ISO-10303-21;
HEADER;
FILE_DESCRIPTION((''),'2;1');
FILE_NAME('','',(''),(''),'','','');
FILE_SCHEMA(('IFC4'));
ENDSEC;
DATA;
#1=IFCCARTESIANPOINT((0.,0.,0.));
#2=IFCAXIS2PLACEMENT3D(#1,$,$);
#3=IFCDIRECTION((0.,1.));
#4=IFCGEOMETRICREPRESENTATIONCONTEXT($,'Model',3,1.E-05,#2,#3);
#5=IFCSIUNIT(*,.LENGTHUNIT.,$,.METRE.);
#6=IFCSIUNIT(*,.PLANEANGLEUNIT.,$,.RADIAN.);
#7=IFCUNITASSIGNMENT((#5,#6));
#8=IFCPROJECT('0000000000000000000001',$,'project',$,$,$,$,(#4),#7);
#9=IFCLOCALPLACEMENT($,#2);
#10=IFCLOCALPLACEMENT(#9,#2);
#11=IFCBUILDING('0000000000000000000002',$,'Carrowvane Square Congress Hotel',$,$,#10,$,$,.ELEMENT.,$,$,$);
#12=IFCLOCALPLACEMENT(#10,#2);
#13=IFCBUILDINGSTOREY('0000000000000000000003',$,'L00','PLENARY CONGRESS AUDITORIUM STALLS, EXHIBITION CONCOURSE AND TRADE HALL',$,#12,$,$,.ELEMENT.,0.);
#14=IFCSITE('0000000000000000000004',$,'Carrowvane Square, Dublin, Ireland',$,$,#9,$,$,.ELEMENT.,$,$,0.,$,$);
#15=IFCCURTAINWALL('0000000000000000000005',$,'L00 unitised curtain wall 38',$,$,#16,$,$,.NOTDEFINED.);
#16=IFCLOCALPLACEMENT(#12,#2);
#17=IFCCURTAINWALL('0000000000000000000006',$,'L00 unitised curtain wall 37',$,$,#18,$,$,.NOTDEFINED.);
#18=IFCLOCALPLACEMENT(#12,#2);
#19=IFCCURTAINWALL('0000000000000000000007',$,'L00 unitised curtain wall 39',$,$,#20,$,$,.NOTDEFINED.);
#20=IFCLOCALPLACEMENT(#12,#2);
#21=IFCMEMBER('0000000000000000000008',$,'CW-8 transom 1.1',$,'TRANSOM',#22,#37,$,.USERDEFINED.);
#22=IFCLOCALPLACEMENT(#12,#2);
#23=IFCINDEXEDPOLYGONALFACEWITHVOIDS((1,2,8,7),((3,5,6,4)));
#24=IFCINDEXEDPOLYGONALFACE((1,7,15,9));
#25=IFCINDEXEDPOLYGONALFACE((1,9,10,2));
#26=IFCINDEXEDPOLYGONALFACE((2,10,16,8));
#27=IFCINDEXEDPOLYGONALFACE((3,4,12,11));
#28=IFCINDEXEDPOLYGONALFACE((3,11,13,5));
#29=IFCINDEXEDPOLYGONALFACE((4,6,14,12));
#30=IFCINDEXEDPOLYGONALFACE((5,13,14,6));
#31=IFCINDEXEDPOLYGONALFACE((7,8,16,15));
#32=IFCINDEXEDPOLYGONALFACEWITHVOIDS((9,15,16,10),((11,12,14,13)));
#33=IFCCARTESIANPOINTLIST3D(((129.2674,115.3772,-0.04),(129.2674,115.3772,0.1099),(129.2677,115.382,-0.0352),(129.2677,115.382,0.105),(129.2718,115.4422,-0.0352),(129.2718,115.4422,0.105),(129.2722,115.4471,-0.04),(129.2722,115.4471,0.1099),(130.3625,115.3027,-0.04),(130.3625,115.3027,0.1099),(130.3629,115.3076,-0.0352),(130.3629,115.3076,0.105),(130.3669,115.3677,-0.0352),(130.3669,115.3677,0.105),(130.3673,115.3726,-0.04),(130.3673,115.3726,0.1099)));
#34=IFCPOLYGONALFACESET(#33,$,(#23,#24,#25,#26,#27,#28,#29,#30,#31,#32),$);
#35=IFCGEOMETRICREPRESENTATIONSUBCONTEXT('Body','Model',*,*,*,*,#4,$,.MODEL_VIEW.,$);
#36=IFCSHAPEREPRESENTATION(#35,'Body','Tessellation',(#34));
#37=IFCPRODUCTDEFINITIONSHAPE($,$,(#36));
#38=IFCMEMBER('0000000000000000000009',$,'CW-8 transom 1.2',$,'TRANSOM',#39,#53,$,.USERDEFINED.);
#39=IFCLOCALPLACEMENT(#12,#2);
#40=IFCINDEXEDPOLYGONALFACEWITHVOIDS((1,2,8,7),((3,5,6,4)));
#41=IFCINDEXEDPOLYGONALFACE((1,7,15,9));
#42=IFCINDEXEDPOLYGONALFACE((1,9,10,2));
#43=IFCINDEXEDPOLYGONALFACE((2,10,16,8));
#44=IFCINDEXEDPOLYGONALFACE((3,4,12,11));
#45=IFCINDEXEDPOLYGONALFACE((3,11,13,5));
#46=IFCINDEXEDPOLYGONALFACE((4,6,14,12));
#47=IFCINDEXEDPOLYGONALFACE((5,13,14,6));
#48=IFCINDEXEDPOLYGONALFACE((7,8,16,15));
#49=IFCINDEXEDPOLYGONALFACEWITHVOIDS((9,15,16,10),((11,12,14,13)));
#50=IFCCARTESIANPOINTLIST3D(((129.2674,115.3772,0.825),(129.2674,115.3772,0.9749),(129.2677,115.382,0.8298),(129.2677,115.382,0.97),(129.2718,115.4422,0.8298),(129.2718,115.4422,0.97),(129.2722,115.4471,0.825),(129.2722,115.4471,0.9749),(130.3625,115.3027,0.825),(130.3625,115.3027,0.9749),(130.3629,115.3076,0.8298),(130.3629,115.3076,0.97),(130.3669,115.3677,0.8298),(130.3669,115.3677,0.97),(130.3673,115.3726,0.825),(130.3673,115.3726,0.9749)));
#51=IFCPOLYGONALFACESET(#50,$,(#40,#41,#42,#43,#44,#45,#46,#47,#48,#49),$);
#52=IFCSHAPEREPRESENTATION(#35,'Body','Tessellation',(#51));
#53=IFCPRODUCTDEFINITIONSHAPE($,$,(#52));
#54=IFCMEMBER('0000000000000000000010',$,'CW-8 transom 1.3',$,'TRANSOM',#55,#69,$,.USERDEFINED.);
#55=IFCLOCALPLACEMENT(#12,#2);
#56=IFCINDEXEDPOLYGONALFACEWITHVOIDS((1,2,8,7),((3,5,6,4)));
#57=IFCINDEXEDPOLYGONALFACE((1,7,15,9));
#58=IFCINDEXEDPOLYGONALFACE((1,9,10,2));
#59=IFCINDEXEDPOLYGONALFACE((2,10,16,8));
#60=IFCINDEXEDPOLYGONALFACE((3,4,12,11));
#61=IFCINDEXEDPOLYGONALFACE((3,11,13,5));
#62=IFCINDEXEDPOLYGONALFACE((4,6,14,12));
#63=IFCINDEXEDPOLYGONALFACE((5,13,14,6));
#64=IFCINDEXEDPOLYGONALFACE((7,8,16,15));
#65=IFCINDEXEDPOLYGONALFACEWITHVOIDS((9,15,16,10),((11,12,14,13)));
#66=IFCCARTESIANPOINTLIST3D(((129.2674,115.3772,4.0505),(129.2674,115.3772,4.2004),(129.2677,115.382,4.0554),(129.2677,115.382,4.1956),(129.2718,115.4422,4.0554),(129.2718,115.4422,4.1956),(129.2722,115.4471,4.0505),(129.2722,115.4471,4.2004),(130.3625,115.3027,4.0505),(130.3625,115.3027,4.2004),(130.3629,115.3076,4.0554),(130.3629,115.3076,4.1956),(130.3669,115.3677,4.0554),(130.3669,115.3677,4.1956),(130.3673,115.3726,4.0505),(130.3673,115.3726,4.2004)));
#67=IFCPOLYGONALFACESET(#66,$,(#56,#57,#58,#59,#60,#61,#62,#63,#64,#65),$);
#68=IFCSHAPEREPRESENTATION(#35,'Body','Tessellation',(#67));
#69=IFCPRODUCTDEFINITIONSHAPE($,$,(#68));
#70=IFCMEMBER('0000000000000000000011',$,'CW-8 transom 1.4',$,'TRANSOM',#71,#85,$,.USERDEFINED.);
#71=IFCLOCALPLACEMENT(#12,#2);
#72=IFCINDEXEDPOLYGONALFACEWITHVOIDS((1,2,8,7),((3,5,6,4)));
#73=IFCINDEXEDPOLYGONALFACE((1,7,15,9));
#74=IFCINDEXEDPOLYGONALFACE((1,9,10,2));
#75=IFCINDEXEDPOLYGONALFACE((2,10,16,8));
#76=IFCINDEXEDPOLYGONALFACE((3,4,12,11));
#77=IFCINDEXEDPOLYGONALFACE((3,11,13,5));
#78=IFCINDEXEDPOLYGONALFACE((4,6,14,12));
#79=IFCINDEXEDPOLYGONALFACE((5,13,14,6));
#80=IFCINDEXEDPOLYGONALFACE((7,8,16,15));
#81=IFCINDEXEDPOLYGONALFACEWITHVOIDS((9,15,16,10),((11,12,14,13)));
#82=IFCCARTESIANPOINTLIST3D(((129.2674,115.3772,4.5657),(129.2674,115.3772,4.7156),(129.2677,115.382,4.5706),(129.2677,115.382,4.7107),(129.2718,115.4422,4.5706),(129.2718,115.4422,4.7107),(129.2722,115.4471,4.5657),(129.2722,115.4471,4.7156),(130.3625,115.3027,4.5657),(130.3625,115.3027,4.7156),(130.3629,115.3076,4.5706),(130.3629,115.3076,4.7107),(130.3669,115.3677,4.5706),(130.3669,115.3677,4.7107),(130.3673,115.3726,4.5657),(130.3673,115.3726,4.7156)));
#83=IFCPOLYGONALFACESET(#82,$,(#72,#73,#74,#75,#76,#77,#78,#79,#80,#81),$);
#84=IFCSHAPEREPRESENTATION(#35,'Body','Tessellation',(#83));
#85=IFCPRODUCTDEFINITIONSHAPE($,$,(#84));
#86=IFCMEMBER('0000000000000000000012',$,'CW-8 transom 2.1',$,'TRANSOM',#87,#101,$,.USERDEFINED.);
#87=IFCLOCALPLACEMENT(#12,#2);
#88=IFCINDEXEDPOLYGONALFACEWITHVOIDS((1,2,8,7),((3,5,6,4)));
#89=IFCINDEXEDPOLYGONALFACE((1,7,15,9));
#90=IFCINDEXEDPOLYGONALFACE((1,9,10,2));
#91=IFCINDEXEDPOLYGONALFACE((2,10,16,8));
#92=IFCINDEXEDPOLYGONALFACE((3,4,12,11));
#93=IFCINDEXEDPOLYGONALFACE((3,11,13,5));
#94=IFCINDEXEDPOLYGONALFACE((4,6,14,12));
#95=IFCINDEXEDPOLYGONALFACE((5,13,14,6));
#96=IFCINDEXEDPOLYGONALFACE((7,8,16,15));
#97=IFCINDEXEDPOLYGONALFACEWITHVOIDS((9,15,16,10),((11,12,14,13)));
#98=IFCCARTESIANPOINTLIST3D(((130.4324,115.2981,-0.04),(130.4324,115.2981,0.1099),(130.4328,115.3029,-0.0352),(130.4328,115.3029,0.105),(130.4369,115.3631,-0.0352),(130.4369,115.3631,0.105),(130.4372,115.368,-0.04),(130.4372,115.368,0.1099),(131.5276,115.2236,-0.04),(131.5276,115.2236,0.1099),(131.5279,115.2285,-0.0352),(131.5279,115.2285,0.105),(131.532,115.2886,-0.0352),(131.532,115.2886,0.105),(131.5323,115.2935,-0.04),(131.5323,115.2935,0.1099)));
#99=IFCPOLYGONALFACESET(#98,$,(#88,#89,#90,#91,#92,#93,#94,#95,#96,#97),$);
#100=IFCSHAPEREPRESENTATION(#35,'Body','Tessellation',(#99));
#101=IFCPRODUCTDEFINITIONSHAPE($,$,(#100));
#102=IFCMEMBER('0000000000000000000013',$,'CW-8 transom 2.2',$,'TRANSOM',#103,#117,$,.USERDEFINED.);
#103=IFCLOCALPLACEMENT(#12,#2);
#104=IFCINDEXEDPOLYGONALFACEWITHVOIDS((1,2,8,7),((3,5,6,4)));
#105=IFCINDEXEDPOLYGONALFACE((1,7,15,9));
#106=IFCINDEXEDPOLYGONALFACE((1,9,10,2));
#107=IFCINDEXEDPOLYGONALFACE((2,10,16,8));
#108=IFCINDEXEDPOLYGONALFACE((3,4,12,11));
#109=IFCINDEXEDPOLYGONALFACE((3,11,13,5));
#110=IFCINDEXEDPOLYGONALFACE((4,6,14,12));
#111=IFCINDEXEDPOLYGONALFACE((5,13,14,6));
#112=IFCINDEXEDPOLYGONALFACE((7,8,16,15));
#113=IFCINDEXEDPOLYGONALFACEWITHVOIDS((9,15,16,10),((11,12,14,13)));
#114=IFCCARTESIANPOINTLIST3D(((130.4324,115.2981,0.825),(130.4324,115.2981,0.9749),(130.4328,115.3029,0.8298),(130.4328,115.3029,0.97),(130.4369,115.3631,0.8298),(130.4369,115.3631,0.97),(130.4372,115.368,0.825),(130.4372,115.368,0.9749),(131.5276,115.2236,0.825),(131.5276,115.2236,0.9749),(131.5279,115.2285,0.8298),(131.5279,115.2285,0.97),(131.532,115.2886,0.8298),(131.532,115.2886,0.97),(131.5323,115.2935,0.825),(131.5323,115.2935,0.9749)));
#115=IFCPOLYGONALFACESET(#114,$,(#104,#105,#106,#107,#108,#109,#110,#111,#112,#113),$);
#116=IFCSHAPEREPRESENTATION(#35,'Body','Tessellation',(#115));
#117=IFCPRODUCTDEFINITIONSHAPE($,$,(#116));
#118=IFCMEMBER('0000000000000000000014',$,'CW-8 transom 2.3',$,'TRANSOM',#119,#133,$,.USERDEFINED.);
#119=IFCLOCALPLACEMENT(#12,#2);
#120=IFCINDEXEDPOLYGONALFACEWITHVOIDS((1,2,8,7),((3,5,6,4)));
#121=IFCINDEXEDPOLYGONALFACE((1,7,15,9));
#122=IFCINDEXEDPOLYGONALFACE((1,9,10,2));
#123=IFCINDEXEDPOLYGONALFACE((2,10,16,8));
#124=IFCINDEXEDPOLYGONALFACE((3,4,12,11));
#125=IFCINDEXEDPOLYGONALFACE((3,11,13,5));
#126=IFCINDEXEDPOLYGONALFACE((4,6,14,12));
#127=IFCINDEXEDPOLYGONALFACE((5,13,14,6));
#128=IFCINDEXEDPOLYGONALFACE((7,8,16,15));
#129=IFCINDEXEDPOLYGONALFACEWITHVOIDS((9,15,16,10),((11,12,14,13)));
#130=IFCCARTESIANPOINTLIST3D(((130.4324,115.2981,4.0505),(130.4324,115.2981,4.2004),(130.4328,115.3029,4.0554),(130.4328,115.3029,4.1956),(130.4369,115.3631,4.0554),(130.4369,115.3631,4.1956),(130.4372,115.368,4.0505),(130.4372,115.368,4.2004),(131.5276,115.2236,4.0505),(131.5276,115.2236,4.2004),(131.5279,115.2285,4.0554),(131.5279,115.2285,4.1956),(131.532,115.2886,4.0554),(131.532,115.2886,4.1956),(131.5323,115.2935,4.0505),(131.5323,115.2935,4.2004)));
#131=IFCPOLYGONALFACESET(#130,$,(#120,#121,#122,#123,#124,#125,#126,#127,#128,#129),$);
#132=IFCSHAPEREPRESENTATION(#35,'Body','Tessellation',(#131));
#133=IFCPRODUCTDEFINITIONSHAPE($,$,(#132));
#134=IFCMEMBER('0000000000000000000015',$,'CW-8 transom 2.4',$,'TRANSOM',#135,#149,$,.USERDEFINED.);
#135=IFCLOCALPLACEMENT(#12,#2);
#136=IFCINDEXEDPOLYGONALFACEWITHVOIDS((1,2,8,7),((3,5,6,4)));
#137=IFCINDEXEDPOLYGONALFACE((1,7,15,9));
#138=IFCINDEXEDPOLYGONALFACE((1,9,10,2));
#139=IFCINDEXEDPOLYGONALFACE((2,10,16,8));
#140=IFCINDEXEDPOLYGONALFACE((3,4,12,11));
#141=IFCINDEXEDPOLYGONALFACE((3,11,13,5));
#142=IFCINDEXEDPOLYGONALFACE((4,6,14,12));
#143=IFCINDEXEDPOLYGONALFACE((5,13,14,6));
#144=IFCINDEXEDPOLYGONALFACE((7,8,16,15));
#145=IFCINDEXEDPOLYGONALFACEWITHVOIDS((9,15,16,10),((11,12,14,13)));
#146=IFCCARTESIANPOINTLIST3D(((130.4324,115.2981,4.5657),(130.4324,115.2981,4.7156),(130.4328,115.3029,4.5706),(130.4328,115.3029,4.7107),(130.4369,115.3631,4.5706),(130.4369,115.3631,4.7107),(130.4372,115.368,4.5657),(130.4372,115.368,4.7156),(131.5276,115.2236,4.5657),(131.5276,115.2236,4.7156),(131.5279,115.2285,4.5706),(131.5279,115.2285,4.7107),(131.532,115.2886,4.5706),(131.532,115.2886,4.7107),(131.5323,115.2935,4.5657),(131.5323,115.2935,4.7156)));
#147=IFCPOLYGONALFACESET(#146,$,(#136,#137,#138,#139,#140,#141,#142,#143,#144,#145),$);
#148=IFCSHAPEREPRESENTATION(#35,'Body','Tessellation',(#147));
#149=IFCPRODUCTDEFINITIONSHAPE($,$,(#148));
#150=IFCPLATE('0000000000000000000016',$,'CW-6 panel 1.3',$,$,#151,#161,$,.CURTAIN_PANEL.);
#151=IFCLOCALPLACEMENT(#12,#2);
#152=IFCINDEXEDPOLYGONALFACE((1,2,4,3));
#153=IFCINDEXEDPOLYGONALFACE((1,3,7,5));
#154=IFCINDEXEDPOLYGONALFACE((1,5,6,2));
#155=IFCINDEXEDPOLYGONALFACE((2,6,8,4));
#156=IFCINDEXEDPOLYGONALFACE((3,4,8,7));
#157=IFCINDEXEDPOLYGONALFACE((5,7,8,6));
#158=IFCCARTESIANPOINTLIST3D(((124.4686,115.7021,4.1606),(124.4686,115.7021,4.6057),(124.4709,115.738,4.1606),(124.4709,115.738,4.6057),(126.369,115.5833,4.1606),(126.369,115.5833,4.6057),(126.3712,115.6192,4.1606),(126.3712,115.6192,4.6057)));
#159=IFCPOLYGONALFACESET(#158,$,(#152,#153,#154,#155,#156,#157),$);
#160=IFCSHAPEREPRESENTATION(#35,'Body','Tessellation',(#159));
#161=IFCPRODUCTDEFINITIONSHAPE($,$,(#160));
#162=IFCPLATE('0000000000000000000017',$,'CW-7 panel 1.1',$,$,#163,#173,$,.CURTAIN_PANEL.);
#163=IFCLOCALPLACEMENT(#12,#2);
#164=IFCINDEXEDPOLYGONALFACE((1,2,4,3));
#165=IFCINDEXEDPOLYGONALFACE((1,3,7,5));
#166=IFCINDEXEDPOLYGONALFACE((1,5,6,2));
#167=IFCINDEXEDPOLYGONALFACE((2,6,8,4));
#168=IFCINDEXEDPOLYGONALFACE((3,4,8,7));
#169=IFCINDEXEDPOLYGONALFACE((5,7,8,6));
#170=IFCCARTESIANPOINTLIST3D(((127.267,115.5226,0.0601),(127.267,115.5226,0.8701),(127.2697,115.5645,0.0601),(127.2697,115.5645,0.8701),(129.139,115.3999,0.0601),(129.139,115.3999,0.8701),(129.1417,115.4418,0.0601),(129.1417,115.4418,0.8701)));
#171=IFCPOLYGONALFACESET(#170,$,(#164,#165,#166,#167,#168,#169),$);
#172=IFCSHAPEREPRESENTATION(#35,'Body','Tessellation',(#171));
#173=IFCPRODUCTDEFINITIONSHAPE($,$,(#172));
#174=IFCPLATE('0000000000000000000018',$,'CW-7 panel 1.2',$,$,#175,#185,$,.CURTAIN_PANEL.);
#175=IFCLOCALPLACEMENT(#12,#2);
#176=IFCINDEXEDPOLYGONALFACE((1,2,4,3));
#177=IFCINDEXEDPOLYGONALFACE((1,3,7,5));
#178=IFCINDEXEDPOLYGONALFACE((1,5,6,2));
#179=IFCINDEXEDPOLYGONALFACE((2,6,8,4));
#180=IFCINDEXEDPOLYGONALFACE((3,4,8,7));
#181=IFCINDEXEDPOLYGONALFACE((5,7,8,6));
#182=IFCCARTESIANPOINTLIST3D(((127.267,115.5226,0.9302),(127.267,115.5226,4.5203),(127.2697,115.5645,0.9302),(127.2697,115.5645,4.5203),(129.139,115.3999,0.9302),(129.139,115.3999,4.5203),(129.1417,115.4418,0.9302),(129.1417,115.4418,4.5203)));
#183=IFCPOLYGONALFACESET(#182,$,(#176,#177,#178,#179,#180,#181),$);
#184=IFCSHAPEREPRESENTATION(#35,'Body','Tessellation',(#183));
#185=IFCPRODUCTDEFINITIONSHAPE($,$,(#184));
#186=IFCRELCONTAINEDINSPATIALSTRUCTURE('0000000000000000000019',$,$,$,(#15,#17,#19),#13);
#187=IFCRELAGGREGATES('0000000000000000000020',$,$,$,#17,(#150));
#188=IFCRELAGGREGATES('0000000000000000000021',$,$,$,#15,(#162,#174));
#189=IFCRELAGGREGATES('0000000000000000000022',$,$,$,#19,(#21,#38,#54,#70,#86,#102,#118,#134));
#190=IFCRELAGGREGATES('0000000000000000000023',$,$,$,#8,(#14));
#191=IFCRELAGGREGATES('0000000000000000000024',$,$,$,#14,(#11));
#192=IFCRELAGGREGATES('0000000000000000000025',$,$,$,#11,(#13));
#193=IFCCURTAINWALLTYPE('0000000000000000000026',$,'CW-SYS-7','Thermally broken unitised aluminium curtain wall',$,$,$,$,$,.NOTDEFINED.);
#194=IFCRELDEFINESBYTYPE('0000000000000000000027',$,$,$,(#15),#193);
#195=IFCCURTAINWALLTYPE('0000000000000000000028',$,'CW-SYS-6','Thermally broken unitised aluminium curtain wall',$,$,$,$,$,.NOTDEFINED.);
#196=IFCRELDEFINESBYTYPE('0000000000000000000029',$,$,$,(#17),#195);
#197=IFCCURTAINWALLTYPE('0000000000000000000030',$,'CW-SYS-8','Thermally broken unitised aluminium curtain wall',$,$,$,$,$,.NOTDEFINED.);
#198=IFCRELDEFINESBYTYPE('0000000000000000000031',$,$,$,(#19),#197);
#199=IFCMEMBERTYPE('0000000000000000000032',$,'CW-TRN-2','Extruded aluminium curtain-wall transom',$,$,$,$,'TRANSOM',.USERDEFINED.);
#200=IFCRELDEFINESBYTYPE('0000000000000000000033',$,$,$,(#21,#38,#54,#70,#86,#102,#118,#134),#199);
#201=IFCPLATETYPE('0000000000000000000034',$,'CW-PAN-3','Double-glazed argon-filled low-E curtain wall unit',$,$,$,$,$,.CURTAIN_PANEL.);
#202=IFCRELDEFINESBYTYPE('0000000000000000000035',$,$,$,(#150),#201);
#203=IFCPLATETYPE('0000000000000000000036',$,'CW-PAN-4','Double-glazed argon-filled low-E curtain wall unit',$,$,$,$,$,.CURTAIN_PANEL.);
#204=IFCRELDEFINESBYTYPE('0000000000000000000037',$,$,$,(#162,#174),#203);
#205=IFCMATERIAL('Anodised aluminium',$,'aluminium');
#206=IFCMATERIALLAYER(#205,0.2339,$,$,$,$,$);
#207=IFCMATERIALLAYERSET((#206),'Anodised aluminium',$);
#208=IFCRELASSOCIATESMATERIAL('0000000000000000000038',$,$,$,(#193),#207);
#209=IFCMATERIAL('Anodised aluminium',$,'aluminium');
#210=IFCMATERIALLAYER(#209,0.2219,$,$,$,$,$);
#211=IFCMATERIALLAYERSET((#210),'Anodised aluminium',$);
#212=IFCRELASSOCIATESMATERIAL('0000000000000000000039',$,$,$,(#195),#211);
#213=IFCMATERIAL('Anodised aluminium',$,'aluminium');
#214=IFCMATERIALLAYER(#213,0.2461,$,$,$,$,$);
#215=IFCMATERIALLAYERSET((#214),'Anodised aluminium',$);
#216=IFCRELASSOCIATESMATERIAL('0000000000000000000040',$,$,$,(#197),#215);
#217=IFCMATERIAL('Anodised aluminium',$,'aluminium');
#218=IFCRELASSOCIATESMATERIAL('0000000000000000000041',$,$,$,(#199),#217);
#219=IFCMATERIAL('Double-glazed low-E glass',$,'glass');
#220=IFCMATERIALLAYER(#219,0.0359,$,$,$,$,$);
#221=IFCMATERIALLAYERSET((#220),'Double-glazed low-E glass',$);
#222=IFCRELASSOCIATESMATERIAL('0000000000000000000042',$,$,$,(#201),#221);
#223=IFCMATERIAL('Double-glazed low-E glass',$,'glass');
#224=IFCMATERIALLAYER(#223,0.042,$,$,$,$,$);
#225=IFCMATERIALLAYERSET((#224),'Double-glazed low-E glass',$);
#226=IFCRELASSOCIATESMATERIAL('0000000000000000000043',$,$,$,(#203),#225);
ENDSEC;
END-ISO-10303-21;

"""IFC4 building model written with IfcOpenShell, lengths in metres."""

from ifc_helpers import new_model, si_unit, direction, frame, origin, origin_2d, place, context, subcontext, project, spatial, rectangle, hollow_rectangle, extrude, material, layer, layer_set, material_profile, profile_set, type_object, element, aggregate, save


model = new_model("IFC4")

# Units and contexts
model_context = context("Model", 3, precision=1e-05, world=origin(), true_north=direction((0.0, 1.0)))
body_context = subcontext(model_context, "Body", "Model", "MODEL_VIEW")
ifc_project = project(units=[si_unit("LENGTHUNIT", "METRE"), si_unit("PLANEANGLEUNIT", "RADIAN")], contexts=[model_context])

# Site, building, storey
site_placement = place(None, origin())
site = spatial("IfcSite", under=ifc_project, at=site_placement, Name="Carrowvane Square, Dublin, Ireland", CompositionType="ELEMENT", RefElevation=0.0)
building_placement = place(site_placement, origin())
building = spatial("IfcBuilding", under=site, at=building_placement, Name="Carrowvane Square Congress Hotel", CompositionType="ELEMENT")
storey_placement = place(building_placement, origin())
storey = spatial("IfcBuildingStorey", under=building, at=storey_placement, Name="L00", Description="PLENARY CONGRESS AUDITORIUM STALLS, EXHIBITION CONCOURSE AND TRADE HALL", CompositionType="ELEMENT", Elevation=0.0)

# Curtain wall
ifc_material_1 = material(Name="Anodised aluminium", Category="aluminium")
ifc_layer_1 = layer(ifc_material_1, 0.2339)
ifc_layer_set_1 = layer_set([ifc_layer_1], Name="Anodised aluminium")
curtain_wall_type_1 = type_object("IfcCurtainWallType", Name="CW-SYS-7", Description="Thermally broken unitised aluminium curtain wall", PredefinedType="NOTDEFINED", material=ifc_layer_set_1)
curtain_wall_1_placement = place(storey_placement, origin())
curtain_wall_1 = element("IfcCurtainWall", 1, at=curtain_wall_1_placement, inside=storey, type_object=curtain_wall_type_1, Name="L00 unitised curtain wall 38", PredefinedType="NOTDEFINED")

# Curtain wall
ifc_material_2 = material(Name="Anodised aluminium", Category="aluminium")
ifc_layer_2 = layer(ifc_material_2, 0.2219)
ifc_layer_set_2 = layer_set([ifc_layer_2], Name="Anodised aluminium")
curtain_wall_type_2 = type_object("IfcCurtainWallType", Name="CW-SYS-6", Description="Thermally broken unitised aluminium curtain wall", PredefinedType="NOTDEFINED", material=ifc_layer_set_2)
curtain_wall_2_placement = place(storey_placement, origin())
curtain_wall_2 = element("IfcCurtainWall", 2, at=curtain_wall_2_placement, inside=storey, type_object=curtain_wall_type_2, Name="L00 unitised curtain wall 37", PredefinedType="NOTDEFINED")

# Curtain wall
ifc_material_3 = material(Name="Anodised aluminium", Category="aluminium")
ifc_layer_3 = layer(ifc_material_3, 0.2461)
ifc_layer_set_3 = layer_set([ifc_layer_3], Name="Anodised aluminium")
curtain_wall_type_3 = type_object("IfcCurtainWallType", Name="CW-SYS-8", Description="Thermally broken unitised aluminium curtain wall", PredefinedType="NOTDEFINED", material=ifc_layer_set_3)
curtain_wall_3_placement = place(storey_placement, origin())
curtain_wall_3 = element("IfcCurtainWall", 3, at=curtain_wall_3_placement, inside=storey, type_object=curtain_wall_type_3, Name="L00 unitised curtain wall 39", PredefinedType="NOTDEFINED")

# Members
ifc_material_4 = material(Name="Anodised aluminium", Category="aluminium")
ifc_material_profile_1 = material_profile(ifc_material_4, hollow_rectangle(XDim=0.0701, YDim=0.1499, WallThickness=0.0049, at=origin_2d()), Name="CW-TR 70x150x5")
ifc_profile_set_1 = profile_set([ifc_material_profile_1], Name="Anodised aluminium")
member_type_1 = type_object("IfcMemberType", Name="CW-TRN-2", Description="Extruded aluminium curtain-wall transom", ElementType="TRANSOM", PredefinedType="USERDEFINED", material=ifc_profile_set_1)
member_1_placement = place(storey_placement, frame((129.2698, 115.4121, 0.0349), z_axis=(0.997697, -0.067833, 0.0), x_axis=(0.067833, 0.997697, 0.0)))
member_1 = element("IfcMember", 4, at=member_1_placement, type_object=member_type_1, Name="CW-8 transom 1.1", ObjectType="TRANSOM", PredefinedType="USERDEFINED", context=body_context, shape_type="SweptSolid", body=[
    extrude(hollow_rectangle(XDim=0.0701, YDim=0.1499, WallThickness=0.0049, at=origin_2d()), origin(), (0.0, 0.0, 1.0), 1.0977),
])
member_2_placement = place(storey_placement, frame((129.2698, 115.4121, 0.8999), z_axis=(0.997697, -0.067833, 0.0), x_axis=(0.067833, 0.997697, 0.0)))
member_2 = element("IfcMember", 5, at=member_2_placement, type_object=member_type_1, Name="CW-8 transom 1.2", ObjectType="TRANSOM", PredefinedType="USERDEFINED", context=body_context, shape_type="SweptSolid", body=[
    extrude(hollow_rectangle(XDim=0.0701, YDim=0.1499, WallThickness=0.0049, at=origin_2d()), origin(), (0.0, 0.0, 1.0), 1.0977),
])
member_3_placement = place(storey_placement, frame((129.2698, 115.4121, 4.1255), z_axis=(0.997697, -0.067833, 0.0), x_axis=(0.067833, 0.997697, 0.0)))
member_3 = element("IfcMember", 6, at=member_3_placement, type_object=member_type_1, Name="CW-8 transom 1.3", ObjectType="TRANSOM", PredefinedType="USERDEFINED", context=body_context, shape_type="SweptSolid", body=[
    extrude(hollow_rectangle(XDim=0.0701, YDim=0.1499, WallThickness=0.0049, at=origin_2d()), origin(), (0.0, 0.0, 1.0), 1.0977),
])
member_4_placement = place(storey_placement, frame((129.2698, 115.4121, 4.6406), z_axis=(0.997697, -0.067833, 0.0), x_axis=(0.067833, 0.997697, 0.0)))
member_4 = element("IfcMember", 7, at=member_4_placement, type_object=member_type_1, Name="CW-8 transom 1.4", ObjectType="TRANSOM", PredefinedType="USERDEFINED", context=body_context, shape_type="SweptSolid", body=[
    extrude(hollow_rectangle(XDim=0.0701, YDim=0.1499, WallThickness=0.0049, at=origin_2d()), origin(), (0.0, 0.0, 1.0), 1.0977),
])
member_5_placement = place(storey_placement, frame((130.4348, 115.333, 0.0349), z_axis=(0.997697, -0.067833, 0.0), x_axis=(0.067833, 0.997697, 0.0)))
member_5 = element("IfcMember", 8, at=member_5_placement, type_object=member_type_1, Name="CW-8 transom 2.1", ObjectType="TRANSOM", PredefinedType="USERDEFINED", context=body_context, shape_type="SweptSolid", body=[
    extrude(hollow_rectangle(XDim=0.0701, YDim=0.1499, WallThickness=0.0049, at=origin_2d()), origin(), (0.0, 0.0, 1.0), 1.0977),
])
member_6_placement = place(storey_placement, frame((130.4348, 115.333, 0.8999), z_axis=(0.997697, -0.067833, 0.0), x_axis=(0.067833, 0.997697, 0.0)))
member_6 = element("IfcMember", 9, at=member_6_placement, type_object=member_type_1, Name="CW-8 transom 2.2", ObjectType="TRANSOM", PredefinedType="USERDEFINED", context=body_context, shape_type="SweptSolid", body=[
    extrude(hollow_rectangle(XDim=0.0701, YDim=0.1499, WallThickness=0.0049, at=origin_2d()), origin(), (0.0, 0.0, 1.0), 1.0977),
])
member_7_placement = place(storey_placement, frame((130.4348, 115.333, 4.1255), z_axis=(0.997697, -0.067833, 0.0), x_axis=(0.067833, 0.997697, 0.0)))
member_7 = element("IfcMember", 10, at=member_7_placement, type_object=member_type_1, Name="CW-8 transom 2.3", ObjectType="TRANSOM", PredefinedType="USERDEFINED", context=body_context, shape_type="SweptSolid", body=[
    extrude(hollow_rectangle(XDim=0.0701, YDim=0.1499, WallThickness=0.0049, at=origin_2d()), origin(), (0.0, 0.0, 1.0), 1.0977),
])
member_8_placement = place(storey_placement, frame((130.4348, 115.333, 4.6406), z_axis=(0.997697, -0.067833, 0.0), x_axis=(0.067833, 0.997697, 0.0)))
member_8 = element("IfcMember", 11, at=member_8_placement, type_object=member_type_1, Name="CW-8 transom 2.4", ObjectType="TRANSOM", PredefinedType="USERDEFINED", context=body_context, shape_type="SweptSolid", body=[
    extrude(hollow_rectangle(XDim=0.0701, YDim=0.1499, WallThickness=0.0049, at=origin_2d()), origin(), (0.0, 0.0, 1.0), 1.0977),
])

# Plates
ifc_material_5 = material(Name="Double-glazed low-E glass", Category="glass")
ifc_layer_4 = layer(ifc_material_5, 0.0359)
ifc_layer_set_4 = layer_set([ifc_layer_4], Name="Double-glazed low-E glass")
plate_type_1 = type_object("IfcPlateType", Name="CW-PAN-3", Description="Double-glazed argon-filled low-E curtain wall unit", PredefinedType="CURTAIN_PANEL", material=ifc_layer_set_4)
plate_1_placement = place(storey_placement, frame((125.4199, 115.6606, 4.1606), z_axis=(0.0, 0.0, 1.0), x_axis=(0.998051, -0.062397, 0.0)))
plate_1 = element("IfcPlate", 12, at=plate_1_placement, type_object=plate_type_1, Name="CW-6 panel 1.3", PredefinedType="CURTAIN_PANEL", context=body_context, shape_type="SweptSolid", body=[
    extrude(rectangle(XDim=1.9041, YDim=0.0359, at=origin_2d()), origin(), (0.0, 0.0, 1.0), 0.4451),
])
aggregate(curtain_wall_2, [plate_1])
ifc_material_6 = material(Name="Double-glazed low-E glass", Category="glass")
ifc_layer_5 = layer(ifc_material_6, 0.042)
ifc_layer_set_5 = layer_set([ifc_layer_5], Name="Double-glazed low-E glass")
plate_type_2 = type_object("IfcPlateType", Name="CW-PAN-4", Description="Double-glazed argon-filled low-E curtain wall unit", PredefinedType="CURTAIN_PANEL", material=ifc_layer_set_5)
plate_2_placement = place(storey_placement, frame((128.2043, 115.4822, 0.0601), z_axis=(0.0, 0.0, 1.0), x_axis=(0.997858, -0.065414, 0.0)))
plate_2 = element("IfcPlate", 13, at=plate_2_placement, type_object=plate_type_2, Name="CW-7 panel 1.1", PredefinedType="CURTAIN_PANEL", context=body_context, shape_type="SweptSolid", body=[
    extrude(rectangle(XDim=1.876, YDim=0.042, at=origin_2d()), origin(), (0.0, 0.0, 1.0), 0.8101),
])
plate_3_placement = place(storey_placement, frame((128.2043, 115.4822, 0.9302), z_axis=(0.0, 0.0, 1.0), x_axis=(0.997858, -0.065414, 0.0)))
plate_3 = element("IfcPlate", 14, at=plate_3_placement, type_object=plate_type_2, Name="CW-7 panel 1.2", PredefinedType="CURTAIN_PANEL", context=body_context, shape_type="SweptSolid", body=[
    extrude(rectangle(XDim=1.876, YDim=0.042, at=origin_2d()), origin(), (0.0, 0.0, 1.0), 3.5901),
])
aggregate(curtain_wall_1, [plate_2, plate_3])
aggregate(curtain_wall_3, [member_1, member_2, member_3, member_4, member_5, member_6, member_7, member_8])

save(model, "model.ifc")
